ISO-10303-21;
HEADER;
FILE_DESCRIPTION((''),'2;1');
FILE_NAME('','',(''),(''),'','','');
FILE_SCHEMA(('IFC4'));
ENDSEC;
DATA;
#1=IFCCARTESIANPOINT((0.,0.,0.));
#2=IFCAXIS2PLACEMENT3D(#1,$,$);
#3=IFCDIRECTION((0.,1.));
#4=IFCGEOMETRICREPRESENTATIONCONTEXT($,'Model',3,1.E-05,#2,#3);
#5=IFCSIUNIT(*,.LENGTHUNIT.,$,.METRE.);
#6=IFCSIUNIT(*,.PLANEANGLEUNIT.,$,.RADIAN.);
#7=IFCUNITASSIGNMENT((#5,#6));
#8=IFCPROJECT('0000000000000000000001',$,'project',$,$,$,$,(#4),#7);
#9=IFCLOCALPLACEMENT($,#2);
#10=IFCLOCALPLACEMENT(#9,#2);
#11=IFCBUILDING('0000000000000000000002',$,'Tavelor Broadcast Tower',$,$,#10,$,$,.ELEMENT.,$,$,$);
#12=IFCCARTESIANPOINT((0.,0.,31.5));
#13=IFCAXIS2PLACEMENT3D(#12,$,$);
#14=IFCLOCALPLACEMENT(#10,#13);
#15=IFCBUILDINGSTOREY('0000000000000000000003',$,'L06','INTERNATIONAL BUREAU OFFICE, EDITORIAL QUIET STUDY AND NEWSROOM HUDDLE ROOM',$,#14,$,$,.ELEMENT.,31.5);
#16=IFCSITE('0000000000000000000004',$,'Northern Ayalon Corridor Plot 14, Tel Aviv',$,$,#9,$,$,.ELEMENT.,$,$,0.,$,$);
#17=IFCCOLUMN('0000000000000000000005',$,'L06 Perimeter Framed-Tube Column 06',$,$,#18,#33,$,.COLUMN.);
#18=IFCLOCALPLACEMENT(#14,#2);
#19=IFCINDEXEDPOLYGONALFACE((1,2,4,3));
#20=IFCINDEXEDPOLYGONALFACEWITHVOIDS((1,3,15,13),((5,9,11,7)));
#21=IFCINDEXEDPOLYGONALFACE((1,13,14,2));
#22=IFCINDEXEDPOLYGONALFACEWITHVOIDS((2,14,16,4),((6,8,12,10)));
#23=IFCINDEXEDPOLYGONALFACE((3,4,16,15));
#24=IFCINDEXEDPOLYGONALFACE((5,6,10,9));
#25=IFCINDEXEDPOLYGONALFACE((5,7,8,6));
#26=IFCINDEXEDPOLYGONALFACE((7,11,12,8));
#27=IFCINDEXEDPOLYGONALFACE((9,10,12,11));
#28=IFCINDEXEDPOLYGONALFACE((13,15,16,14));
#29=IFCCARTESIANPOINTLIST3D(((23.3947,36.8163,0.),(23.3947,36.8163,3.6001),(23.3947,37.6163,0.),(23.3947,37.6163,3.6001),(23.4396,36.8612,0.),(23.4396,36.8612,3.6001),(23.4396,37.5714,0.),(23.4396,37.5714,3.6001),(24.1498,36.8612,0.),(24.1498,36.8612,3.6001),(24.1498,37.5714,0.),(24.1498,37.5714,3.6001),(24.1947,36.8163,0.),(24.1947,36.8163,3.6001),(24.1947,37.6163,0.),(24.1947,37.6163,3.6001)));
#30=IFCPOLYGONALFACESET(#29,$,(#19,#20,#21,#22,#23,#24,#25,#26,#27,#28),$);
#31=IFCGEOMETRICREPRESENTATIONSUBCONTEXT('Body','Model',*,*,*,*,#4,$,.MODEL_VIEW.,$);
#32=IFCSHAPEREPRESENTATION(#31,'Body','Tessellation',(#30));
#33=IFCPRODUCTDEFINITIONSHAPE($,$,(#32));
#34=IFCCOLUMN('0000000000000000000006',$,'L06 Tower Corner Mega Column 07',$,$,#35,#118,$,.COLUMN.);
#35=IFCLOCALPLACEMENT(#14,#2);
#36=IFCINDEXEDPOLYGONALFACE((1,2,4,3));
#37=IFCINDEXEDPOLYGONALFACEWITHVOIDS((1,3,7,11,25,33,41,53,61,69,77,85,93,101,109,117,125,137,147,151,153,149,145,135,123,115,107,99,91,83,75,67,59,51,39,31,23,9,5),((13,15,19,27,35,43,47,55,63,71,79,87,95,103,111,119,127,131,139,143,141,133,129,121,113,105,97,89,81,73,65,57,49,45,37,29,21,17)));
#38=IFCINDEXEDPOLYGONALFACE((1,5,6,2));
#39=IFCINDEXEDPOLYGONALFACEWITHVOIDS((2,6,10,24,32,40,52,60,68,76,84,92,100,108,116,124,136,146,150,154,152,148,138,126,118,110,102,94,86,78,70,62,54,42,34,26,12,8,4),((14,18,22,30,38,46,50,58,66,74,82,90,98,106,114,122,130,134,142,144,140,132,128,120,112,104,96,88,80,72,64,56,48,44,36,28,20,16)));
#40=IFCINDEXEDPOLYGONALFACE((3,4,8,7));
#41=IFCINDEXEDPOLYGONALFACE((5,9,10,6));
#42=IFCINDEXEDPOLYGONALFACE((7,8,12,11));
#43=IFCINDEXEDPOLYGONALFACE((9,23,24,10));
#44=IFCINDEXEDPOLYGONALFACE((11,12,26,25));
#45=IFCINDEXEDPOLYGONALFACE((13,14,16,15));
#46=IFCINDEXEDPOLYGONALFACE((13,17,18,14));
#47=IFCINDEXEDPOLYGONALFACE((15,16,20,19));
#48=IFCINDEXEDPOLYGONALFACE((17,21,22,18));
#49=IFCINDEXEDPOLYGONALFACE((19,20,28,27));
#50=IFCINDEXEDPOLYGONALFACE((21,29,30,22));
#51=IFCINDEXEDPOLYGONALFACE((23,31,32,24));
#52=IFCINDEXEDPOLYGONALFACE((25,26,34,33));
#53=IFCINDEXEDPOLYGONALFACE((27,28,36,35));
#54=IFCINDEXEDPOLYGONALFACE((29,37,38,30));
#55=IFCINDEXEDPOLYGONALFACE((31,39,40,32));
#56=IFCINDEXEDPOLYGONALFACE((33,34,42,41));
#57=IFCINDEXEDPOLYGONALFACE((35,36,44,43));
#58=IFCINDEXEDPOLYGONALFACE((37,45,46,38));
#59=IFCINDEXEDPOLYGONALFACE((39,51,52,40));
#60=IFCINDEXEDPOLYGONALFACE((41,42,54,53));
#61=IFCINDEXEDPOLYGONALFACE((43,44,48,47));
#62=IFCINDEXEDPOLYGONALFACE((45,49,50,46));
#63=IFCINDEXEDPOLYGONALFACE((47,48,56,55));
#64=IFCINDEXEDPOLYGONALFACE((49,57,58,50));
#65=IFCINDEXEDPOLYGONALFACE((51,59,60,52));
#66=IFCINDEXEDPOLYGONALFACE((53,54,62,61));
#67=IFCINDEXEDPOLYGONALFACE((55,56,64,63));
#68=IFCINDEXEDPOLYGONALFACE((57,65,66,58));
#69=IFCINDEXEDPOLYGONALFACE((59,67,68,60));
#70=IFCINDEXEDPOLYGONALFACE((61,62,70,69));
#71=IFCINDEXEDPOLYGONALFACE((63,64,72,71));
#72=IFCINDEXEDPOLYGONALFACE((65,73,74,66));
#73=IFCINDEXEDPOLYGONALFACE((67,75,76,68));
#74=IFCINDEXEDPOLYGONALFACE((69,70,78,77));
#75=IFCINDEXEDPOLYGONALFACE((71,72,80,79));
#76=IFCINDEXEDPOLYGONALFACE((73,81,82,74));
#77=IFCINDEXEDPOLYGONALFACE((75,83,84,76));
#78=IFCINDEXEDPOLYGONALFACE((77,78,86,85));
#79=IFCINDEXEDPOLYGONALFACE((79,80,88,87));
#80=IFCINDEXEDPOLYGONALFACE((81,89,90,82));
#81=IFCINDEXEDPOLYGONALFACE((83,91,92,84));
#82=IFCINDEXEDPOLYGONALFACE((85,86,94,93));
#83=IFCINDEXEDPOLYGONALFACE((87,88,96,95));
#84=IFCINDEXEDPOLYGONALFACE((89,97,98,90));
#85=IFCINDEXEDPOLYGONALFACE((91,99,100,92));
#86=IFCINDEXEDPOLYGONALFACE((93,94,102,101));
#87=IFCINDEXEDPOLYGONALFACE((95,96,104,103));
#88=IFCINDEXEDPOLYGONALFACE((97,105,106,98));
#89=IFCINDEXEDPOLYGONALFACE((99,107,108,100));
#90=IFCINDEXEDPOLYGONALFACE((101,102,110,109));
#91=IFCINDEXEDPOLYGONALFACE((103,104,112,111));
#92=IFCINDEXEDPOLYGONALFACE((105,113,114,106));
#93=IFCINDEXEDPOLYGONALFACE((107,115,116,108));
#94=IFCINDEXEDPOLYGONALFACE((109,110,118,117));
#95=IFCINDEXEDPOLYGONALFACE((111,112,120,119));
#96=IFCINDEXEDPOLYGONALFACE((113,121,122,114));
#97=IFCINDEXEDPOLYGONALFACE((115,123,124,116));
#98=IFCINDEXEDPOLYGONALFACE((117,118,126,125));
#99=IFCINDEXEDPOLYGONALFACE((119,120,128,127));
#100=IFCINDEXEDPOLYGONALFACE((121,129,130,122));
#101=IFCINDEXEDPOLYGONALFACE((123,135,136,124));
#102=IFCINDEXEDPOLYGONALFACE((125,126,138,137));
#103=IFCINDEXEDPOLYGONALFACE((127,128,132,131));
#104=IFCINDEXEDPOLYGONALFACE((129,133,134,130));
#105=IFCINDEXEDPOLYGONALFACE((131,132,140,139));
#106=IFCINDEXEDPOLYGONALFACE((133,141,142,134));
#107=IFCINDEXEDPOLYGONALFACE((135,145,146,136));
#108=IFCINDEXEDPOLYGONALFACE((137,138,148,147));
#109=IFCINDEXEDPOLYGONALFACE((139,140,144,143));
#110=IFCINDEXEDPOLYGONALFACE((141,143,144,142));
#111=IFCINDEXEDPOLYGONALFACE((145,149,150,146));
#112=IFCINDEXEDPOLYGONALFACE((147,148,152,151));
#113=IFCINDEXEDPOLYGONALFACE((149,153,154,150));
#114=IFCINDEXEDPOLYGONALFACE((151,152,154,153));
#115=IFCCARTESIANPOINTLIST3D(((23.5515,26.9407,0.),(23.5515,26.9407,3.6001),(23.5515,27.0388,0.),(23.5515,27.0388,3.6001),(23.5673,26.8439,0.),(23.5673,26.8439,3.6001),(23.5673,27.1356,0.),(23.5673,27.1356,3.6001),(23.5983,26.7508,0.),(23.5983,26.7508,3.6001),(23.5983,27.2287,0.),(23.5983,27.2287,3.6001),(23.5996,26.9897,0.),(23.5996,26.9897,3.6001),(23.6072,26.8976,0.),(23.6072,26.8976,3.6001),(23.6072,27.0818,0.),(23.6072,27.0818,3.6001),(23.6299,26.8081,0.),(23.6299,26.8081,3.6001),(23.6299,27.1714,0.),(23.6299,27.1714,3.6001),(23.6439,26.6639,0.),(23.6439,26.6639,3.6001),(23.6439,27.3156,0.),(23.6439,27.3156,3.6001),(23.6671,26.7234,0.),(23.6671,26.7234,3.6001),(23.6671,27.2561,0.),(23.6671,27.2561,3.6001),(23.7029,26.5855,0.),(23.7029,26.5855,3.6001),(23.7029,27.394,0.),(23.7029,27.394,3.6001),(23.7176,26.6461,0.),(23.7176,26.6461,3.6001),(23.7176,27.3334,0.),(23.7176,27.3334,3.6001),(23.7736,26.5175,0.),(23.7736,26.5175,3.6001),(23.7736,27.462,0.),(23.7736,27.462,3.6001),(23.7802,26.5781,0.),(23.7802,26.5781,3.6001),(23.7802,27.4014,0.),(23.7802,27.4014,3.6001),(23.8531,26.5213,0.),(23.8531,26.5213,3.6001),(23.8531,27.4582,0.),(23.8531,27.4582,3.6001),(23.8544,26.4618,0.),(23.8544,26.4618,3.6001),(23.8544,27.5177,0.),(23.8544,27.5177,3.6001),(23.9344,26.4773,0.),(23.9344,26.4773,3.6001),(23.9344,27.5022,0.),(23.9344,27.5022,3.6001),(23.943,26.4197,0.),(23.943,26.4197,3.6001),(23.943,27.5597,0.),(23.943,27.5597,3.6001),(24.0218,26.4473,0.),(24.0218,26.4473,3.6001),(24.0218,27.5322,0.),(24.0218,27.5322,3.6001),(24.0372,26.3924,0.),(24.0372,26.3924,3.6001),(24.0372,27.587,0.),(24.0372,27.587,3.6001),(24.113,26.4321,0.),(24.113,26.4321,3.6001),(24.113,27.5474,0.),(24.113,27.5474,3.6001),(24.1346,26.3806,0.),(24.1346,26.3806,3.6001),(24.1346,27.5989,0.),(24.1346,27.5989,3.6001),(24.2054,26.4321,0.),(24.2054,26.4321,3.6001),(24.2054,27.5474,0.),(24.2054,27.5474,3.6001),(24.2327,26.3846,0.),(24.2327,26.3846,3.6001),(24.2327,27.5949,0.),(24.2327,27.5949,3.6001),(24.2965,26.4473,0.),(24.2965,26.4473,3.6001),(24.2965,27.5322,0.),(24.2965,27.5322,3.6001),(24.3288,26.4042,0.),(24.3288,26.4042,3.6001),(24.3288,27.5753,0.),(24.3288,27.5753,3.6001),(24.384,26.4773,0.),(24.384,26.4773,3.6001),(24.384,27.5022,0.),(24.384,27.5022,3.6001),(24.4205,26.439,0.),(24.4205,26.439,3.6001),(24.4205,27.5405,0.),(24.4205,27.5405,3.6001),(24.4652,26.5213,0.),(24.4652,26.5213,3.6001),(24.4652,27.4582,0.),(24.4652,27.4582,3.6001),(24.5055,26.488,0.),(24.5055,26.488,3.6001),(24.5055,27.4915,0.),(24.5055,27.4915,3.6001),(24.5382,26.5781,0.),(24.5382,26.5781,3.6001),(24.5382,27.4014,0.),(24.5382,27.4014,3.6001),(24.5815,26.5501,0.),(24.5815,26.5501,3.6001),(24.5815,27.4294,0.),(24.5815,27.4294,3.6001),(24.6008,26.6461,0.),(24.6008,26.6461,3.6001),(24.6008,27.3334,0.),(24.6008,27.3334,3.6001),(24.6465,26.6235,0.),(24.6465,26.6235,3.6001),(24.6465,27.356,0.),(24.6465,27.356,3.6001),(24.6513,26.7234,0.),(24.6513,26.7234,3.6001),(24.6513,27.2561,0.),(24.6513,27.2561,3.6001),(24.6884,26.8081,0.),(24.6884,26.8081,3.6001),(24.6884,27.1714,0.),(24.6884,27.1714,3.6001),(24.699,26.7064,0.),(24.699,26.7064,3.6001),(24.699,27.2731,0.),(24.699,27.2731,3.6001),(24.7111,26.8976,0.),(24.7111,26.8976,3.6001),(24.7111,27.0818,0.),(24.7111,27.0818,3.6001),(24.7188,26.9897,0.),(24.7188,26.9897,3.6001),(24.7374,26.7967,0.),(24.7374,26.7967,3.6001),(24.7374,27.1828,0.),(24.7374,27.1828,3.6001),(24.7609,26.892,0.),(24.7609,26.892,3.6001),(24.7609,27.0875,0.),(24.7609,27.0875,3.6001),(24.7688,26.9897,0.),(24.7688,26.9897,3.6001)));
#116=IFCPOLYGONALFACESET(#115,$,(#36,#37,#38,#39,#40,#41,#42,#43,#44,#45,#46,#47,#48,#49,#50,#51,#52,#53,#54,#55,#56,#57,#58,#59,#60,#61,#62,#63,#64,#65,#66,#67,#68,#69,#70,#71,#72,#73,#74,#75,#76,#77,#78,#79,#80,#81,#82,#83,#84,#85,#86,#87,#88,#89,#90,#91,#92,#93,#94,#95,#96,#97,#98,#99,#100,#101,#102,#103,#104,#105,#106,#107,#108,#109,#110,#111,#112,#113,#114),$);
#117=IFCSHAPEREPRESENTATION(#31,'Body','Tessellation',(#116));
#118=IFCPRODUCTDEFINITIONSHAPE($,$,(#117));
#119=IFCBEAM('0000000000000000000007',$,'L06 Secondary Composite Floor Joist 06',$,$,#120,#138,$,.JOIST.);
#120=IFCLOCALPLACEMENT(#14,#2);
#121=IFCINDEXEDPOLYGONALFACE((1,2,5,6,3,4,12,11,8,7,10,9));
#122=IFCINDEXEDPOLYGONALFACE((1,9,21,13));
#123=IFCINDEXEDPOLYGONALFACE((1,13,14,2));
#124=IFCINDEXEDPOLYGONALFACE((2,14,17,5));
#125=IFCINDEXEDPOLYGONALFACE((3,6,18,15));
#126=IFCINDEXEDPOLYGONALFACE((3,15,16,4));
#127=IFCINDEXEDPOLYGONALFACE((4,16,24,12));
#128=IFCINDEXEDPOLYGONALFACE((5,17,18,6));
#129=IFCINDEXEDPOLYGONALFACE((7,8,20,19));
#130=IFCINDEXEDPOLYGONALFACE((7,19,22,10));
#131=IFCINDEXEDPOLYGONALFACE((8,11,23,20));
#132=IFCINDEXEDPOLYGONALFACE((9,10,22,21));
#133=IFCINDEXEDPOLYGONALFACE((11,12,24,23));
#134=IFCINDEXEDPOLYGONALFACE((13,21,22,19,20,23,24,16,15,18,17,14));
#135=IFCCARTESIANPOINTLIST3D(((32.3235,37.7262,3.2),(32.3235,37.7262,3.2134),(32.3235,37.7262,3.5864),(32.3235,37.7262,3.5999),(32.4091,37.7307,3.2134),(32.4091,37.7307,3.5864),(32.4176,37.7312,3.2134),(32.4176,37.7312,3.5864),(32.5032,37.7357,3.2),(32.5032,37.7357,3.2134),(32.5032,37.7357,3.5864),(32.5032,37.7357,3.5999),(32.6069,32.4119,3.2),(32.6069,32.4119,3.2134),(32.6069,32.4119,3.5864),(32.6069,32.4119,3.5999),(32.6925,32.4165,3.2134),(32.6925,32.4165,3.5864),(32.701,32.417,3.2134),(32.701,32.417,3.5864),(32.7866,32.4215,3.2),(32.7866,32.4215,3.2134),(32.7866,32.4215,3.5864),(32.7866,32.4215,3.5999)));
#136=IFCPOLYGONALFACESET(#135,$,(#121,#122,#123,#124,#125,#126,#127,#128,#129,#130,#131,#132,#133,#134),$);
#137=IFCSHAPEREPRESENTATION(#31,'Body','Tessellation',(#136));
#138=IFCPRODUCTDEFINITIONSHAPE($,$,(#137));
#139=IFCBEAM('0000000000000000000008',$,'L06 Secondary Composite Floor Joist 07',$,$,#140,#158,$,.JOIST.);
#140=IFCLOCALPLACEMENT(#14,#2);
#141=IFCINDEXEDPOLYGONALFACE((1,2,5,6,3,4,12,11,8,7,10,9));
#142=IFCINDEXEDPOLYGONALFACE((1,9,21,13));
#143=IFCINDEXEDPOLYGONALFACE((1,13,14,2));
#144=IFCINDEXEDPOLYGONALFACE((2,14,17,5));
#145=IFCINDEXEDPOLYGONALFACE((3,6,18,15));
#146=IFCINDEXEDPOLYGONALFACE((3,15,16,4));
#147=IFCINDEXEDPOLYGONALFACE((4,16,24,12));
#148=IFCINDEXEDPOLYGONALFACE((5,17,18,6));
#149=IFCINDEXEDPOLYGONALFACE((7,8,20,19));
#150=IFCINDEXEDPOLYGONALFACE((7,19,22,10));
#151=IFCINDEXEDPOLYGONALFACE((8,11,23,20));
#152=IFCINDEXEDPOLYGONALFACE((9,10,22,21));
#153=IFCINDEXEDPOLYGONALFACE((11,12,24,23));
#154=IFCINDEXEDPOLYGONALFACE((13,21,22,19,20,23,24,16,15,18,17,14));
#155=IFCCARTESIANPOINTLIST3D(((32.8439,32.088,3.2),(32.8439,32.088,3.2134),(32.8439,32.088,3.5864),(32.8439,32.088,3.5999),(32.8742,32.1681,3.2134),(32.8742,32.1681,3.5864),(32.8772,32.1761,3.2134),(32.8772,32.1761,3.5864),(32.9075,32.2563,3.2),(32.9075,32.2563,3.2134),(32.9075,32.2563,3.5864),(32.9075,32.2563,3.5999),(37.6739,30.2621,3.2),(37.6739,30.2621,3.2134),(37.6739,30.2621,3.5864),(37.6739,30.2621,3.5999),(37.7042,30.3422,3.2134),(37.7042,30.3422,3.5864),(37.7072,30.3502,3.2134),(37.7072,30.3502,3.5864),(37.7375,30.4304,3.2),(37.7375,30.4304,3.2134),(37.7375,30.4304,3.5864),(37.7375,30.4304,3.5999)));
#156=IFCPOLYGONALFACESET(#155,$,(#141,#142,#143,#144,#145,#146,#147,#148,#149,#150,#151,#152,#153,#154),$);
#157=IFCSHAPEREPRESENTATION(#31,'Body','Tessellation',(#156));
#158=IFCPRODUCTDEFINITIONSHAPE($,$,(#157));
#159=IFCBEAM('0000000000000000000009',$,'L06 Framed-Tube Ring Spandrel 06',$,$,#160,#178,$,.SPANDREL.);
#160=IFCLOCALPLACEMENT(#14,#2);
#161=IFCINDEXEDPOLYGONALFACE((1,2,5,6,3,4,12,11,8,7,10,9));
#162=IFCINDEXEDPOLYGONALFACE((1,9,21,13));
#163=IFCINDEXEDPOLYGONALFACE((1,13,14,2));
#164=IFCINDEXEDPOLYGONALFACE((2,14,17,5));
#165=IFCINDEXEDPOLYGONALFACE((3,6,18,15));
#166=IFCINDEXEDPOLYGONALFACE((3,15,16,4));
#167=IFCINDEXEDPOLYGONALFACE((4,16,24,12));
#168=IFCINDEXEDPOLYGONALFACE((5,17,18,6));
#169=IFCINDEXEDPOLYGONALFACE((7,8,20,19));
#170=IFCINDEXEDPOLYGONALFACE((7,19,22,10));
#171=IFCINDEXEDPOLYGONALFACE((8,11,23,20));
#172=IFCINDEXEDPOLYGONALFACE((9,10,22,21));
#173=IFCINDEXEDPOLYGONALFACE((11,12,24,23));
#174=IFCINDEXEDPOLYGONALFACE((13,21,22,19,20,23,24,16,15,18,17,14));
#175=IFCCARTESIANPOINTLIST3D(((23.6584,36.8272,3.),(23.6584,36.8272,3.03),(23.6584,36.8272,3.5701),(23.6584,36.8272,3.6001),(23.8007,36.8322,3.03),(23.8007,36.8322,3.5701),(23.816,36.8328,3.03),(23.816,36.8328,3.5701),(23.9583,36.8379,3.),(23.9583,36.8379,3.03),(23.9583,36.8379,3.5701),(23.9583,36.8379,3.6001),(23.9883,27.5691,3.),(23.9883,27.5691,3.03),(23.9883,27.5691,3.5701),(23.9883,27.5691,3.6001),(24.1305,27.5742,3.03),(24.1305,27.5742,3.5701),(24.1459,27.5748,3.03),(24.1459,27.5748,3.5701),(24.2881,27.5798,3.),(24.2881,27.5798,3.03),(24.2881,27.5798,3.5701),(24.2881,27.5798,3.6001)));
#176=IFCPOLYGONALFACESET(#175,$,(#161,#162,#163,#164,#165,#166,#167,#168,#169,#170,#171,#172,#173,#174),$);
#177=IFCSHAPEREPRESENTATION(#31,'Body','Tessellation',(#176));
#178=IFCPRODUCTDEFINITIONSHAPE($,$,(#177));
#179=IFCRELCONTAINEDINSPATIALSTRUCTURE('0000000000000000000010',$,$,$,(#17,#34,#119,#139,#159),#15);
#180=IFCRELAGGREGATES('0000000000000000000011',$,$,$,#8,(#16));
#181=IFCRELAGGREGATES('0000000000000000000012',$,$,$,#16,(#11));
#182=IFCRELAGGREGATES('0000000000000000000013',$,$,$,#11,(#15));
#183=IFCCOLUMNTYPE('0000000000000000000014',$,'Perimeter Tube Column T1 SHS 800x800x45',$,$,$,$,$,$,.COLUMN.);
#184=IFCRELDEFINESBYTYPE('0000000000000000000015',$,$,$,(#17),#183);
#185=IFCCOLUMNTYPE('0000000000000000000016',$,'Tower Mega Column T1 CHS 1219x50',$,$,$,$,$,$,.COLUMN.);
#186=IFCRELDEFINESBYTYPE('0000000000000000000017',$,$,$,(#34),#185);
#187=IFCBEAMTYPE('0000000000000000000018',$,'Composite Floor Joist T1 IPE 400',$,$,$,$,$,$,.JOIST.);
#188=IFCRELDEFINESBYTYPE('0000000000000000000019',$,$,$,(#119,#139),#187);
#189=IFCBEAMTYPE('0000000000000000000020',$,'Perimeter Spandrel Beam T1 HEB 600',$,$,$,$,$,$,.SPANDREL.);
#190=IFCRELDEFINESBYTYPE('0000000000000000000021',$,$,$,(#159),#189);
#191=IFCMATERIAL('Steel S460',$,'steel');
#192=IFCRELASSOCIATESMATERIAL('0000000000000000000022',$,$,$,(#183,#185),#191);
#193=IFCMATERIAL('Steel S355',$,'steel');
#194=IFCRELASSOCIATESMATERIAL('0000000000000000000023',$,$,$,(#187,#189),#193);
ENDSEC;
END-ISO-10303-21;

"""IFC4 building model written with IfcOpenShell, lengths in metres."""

from ifc_helpers import new_model, si_unit, direction, frame, origin, origin_2d, place, context, subcontext, project, spatial, hollow_rectangle, hollow_circle, i_section, extrude, material, material_profile, profile_set, type_object, element, save


model = new_model("IFC4")

# Units and contexts
model_context = context("Model", 3, precision=1e-05, world=origin(), true_north=direction((0.0, 1.0)))
body_context = subcontext(model_context, "Body", "Model", "MODEL_VIEW")
ifc_project = project(units=[si_unit("LENGTHUNIT", "METRE"), si_unit("PLANEANGLEUNIT", "RADIAN")], contexts=[model_context])

# Site, building, storey
site_placement = place(None, origin())
site = spatial("IfcSite", under=ifc_project, at=site_placement, Name="Northern Ayalon Corridor Plot 14, Tel Aviv", CompositionType="ELEMENT", RefElevation=0.0)
building_placement = place(site_placement, origin())
building = spatial("IfcBuilding", under=site, at=building_placement, Name="Tavelor Broadcast Tower", CompositionType="ELEMENT")
storey_placement = place(building_placement, frame((0.0, 0.0, 31.5)))
storey = spatial("IfcBuildingStorey", under=building, at=storey_placement, Name="L06", Description="INTERNATIONAL BUREAU OFFICE, EDITORIAL QUIET STUDY AND NEWSROOM HUDDLE ROOM", CompositionType="ELEMENT", Elevation=31.5)

# Columns
ifc_material_1 = material(Name="Steel S460", Category="steel")
ifc_material_profile_1 = material_profile(ifc_material_1, hollow_rectangle(XDim=0.8, YDim=0.8, WallThickness=0.0449, at=origin_2d()), Name="SHS 800x800x45")
ifc_profile_set_1 = profile_set([ifc_material_profile_1], Name="Steel S460")
column_type_1 = type_object("IfcColumnType", Name="Perimeter Tube Column T1 SHS 800x800x45", PredefinedType="COLUMN", material=ifc_profile_set_1)
column_1_placement = place(storey_placement, frame((23.7947, 37.2163, 0.0), z_axis=(0.0, 0.0, 1.0), x_axis=(1.0, 0.0, 0.0)))
element("IfcColumn", 1, at=column_1_placement, inside=storey, type_object=column_type_1, Name="L06 Perimeter Framed-Tube Column 06", PredefinedType="COLUMN", context=body_context, shape_type="SweptSolid", body=[
    extrude(hollow_rectangle(XDim=0.8, YDim=0.8, WallThickness=0.0449, at=origin_2d()), origin(), (0.0, 0.0, 1.0), 3.6001),
])
ifc_material_profile_2 = material_profile(ifc_material_1, hollow_circle(Radius=0.6096, WallThickness=0.05, at=origin_2d()), Name="CHS 1219x50")
ifc_profile_set_2 = profile_set([ifc_material_profile_2], Name="Steel S460")
column_type_2 = type_object("IfcColumnType", Name="Tower Mega Column T1 CHS 1219x50", PredefinedType="COLUMN", material=ifc_profile_set_2)
column_2_placement = place(storey_placement, frame((24.1592, 26.9897, 0.0), z_axis=(0.0, 0.0, 1.0), x_axis=(1.0, 0.0, 0.0)))
element("IfcColumn", 2, at=column_2_placement, inside=storey, type_object=column_type_2, Name="L06 Tower Corner Mega Column 07", PredefinedType="COLUMN", context=body_context, shape_type="SweptSolid", body=[
    extrude(hollow_circle(Radius=0.6096, WallThickness=0.05, at=origin_2d()), origin(), (0.0, 0.0, 1.0), 3.6001),
])

# Beams
ifc_material_2 = material(Name="Steel S355", Category="steel")
ifc_material_profile_3 = material_profile(ifc_material_2, i_section(OverallWidth=0.1799, OverallDepth=0.3999, WebThickness=0.0085, FlangeThickness=0.0134, at=origin_2d()), Name="IPE 400")
ifc_profile_set_3 = profile_set([ifc_material_profile_3], Name="Steel S355")
beam_type_1 = type_object("IfcBeamType", Name="Composite Floor Joist T1 IPE 400", PredefinedType="JOIST", material=ifc_profile_set_3)
beam_1_placement = place(storey_placement, frame((32.4133, 37.731, 3.3999), z_axis=(0.053262, -0.998581, 0.0), x_axis=(0.998581, 0.053262, 0.0)))
element("IfcBeam", 3, at=beam_1_placement, inside=storey, type_object=beam_type_1, Name="L06 Secondary Composite Floor Joist 06", PredefinedType="JOIST", context=body_context, shape_type="SweptSolid", body=[
    extrude(i_section(OverallWidth=0.1799, OverallDepth=0.3999, WebThickness=0.0085, FlangeThickness=0.0134, at=origin_2d()), origin(), (0.0, 0.0, 1.0), 5.3218),
])
beam_2_placement = place(storey_placement, frame((32.8757, 32.1721, 3.3999), z_axis=(0.935393, -0.353609, 0.0), x_axis=(0.353609, 0.935393, 0.0)))
element("IfcBeam", 4, at=beam_2_placement, inside=storey, type_object=beam_type_1, Name="L06 Secondary Composite Floor Joist 07", PredefinedType="JOIST", context=body_context, shape_type="SweptSolid", body=[
    extrude(i_section(OverallWidth=0.1799, OverallDepth=0.3999, WebThickness=0.0085, FlangeThickness=0.0134, at=origin_2d()), origin(), (0.0, 0.0, 1.0), 5.1636),
])
ifc_material_profile_4 = material_profile(ifc_material_2, i_section(OverallWidth=0.3, OverallDepth=0.6001, WebThickness=0.0154, FlangeThickness=0.03, at=origin_2d()), Name="HEB 600")
ifc_profile_set_4 = profile_set([ifc_material_profile_4], Name="Steel S355")
beam_type_2 = type_object("IfcBeamType", Name="Perimeter Spandrel Beam T1 HEB 600", PredefinedType="SPANDREL", material=ifc_profile_set_4)
beam_3_placement = place(storey_placement, frame((23.8083, 36.8325, 3.3), z_axis=(0.035604, -0.999366, 0.0), x_axis=(0.999366, 0.035604, 0.0)))
element("IfcBeam", 5, at=beam_3_placement, inside=storey, type_object=beam_type_2, Name="L06 Framed-Tube Ring Spandrel 06", PredefinedType="SPANDREL", context=body_context, shape_type="SweptSolid", body=[
    extrude(i_section(OverallWidth=0.3, OverallDepth=0.6001, WebThickness=0.0154, FlangeThickness=0.03, at=origin_2d()), origin(), (0.0, 0.0, 1.0), 9.2639),
])

save(model, "model.ifc")
